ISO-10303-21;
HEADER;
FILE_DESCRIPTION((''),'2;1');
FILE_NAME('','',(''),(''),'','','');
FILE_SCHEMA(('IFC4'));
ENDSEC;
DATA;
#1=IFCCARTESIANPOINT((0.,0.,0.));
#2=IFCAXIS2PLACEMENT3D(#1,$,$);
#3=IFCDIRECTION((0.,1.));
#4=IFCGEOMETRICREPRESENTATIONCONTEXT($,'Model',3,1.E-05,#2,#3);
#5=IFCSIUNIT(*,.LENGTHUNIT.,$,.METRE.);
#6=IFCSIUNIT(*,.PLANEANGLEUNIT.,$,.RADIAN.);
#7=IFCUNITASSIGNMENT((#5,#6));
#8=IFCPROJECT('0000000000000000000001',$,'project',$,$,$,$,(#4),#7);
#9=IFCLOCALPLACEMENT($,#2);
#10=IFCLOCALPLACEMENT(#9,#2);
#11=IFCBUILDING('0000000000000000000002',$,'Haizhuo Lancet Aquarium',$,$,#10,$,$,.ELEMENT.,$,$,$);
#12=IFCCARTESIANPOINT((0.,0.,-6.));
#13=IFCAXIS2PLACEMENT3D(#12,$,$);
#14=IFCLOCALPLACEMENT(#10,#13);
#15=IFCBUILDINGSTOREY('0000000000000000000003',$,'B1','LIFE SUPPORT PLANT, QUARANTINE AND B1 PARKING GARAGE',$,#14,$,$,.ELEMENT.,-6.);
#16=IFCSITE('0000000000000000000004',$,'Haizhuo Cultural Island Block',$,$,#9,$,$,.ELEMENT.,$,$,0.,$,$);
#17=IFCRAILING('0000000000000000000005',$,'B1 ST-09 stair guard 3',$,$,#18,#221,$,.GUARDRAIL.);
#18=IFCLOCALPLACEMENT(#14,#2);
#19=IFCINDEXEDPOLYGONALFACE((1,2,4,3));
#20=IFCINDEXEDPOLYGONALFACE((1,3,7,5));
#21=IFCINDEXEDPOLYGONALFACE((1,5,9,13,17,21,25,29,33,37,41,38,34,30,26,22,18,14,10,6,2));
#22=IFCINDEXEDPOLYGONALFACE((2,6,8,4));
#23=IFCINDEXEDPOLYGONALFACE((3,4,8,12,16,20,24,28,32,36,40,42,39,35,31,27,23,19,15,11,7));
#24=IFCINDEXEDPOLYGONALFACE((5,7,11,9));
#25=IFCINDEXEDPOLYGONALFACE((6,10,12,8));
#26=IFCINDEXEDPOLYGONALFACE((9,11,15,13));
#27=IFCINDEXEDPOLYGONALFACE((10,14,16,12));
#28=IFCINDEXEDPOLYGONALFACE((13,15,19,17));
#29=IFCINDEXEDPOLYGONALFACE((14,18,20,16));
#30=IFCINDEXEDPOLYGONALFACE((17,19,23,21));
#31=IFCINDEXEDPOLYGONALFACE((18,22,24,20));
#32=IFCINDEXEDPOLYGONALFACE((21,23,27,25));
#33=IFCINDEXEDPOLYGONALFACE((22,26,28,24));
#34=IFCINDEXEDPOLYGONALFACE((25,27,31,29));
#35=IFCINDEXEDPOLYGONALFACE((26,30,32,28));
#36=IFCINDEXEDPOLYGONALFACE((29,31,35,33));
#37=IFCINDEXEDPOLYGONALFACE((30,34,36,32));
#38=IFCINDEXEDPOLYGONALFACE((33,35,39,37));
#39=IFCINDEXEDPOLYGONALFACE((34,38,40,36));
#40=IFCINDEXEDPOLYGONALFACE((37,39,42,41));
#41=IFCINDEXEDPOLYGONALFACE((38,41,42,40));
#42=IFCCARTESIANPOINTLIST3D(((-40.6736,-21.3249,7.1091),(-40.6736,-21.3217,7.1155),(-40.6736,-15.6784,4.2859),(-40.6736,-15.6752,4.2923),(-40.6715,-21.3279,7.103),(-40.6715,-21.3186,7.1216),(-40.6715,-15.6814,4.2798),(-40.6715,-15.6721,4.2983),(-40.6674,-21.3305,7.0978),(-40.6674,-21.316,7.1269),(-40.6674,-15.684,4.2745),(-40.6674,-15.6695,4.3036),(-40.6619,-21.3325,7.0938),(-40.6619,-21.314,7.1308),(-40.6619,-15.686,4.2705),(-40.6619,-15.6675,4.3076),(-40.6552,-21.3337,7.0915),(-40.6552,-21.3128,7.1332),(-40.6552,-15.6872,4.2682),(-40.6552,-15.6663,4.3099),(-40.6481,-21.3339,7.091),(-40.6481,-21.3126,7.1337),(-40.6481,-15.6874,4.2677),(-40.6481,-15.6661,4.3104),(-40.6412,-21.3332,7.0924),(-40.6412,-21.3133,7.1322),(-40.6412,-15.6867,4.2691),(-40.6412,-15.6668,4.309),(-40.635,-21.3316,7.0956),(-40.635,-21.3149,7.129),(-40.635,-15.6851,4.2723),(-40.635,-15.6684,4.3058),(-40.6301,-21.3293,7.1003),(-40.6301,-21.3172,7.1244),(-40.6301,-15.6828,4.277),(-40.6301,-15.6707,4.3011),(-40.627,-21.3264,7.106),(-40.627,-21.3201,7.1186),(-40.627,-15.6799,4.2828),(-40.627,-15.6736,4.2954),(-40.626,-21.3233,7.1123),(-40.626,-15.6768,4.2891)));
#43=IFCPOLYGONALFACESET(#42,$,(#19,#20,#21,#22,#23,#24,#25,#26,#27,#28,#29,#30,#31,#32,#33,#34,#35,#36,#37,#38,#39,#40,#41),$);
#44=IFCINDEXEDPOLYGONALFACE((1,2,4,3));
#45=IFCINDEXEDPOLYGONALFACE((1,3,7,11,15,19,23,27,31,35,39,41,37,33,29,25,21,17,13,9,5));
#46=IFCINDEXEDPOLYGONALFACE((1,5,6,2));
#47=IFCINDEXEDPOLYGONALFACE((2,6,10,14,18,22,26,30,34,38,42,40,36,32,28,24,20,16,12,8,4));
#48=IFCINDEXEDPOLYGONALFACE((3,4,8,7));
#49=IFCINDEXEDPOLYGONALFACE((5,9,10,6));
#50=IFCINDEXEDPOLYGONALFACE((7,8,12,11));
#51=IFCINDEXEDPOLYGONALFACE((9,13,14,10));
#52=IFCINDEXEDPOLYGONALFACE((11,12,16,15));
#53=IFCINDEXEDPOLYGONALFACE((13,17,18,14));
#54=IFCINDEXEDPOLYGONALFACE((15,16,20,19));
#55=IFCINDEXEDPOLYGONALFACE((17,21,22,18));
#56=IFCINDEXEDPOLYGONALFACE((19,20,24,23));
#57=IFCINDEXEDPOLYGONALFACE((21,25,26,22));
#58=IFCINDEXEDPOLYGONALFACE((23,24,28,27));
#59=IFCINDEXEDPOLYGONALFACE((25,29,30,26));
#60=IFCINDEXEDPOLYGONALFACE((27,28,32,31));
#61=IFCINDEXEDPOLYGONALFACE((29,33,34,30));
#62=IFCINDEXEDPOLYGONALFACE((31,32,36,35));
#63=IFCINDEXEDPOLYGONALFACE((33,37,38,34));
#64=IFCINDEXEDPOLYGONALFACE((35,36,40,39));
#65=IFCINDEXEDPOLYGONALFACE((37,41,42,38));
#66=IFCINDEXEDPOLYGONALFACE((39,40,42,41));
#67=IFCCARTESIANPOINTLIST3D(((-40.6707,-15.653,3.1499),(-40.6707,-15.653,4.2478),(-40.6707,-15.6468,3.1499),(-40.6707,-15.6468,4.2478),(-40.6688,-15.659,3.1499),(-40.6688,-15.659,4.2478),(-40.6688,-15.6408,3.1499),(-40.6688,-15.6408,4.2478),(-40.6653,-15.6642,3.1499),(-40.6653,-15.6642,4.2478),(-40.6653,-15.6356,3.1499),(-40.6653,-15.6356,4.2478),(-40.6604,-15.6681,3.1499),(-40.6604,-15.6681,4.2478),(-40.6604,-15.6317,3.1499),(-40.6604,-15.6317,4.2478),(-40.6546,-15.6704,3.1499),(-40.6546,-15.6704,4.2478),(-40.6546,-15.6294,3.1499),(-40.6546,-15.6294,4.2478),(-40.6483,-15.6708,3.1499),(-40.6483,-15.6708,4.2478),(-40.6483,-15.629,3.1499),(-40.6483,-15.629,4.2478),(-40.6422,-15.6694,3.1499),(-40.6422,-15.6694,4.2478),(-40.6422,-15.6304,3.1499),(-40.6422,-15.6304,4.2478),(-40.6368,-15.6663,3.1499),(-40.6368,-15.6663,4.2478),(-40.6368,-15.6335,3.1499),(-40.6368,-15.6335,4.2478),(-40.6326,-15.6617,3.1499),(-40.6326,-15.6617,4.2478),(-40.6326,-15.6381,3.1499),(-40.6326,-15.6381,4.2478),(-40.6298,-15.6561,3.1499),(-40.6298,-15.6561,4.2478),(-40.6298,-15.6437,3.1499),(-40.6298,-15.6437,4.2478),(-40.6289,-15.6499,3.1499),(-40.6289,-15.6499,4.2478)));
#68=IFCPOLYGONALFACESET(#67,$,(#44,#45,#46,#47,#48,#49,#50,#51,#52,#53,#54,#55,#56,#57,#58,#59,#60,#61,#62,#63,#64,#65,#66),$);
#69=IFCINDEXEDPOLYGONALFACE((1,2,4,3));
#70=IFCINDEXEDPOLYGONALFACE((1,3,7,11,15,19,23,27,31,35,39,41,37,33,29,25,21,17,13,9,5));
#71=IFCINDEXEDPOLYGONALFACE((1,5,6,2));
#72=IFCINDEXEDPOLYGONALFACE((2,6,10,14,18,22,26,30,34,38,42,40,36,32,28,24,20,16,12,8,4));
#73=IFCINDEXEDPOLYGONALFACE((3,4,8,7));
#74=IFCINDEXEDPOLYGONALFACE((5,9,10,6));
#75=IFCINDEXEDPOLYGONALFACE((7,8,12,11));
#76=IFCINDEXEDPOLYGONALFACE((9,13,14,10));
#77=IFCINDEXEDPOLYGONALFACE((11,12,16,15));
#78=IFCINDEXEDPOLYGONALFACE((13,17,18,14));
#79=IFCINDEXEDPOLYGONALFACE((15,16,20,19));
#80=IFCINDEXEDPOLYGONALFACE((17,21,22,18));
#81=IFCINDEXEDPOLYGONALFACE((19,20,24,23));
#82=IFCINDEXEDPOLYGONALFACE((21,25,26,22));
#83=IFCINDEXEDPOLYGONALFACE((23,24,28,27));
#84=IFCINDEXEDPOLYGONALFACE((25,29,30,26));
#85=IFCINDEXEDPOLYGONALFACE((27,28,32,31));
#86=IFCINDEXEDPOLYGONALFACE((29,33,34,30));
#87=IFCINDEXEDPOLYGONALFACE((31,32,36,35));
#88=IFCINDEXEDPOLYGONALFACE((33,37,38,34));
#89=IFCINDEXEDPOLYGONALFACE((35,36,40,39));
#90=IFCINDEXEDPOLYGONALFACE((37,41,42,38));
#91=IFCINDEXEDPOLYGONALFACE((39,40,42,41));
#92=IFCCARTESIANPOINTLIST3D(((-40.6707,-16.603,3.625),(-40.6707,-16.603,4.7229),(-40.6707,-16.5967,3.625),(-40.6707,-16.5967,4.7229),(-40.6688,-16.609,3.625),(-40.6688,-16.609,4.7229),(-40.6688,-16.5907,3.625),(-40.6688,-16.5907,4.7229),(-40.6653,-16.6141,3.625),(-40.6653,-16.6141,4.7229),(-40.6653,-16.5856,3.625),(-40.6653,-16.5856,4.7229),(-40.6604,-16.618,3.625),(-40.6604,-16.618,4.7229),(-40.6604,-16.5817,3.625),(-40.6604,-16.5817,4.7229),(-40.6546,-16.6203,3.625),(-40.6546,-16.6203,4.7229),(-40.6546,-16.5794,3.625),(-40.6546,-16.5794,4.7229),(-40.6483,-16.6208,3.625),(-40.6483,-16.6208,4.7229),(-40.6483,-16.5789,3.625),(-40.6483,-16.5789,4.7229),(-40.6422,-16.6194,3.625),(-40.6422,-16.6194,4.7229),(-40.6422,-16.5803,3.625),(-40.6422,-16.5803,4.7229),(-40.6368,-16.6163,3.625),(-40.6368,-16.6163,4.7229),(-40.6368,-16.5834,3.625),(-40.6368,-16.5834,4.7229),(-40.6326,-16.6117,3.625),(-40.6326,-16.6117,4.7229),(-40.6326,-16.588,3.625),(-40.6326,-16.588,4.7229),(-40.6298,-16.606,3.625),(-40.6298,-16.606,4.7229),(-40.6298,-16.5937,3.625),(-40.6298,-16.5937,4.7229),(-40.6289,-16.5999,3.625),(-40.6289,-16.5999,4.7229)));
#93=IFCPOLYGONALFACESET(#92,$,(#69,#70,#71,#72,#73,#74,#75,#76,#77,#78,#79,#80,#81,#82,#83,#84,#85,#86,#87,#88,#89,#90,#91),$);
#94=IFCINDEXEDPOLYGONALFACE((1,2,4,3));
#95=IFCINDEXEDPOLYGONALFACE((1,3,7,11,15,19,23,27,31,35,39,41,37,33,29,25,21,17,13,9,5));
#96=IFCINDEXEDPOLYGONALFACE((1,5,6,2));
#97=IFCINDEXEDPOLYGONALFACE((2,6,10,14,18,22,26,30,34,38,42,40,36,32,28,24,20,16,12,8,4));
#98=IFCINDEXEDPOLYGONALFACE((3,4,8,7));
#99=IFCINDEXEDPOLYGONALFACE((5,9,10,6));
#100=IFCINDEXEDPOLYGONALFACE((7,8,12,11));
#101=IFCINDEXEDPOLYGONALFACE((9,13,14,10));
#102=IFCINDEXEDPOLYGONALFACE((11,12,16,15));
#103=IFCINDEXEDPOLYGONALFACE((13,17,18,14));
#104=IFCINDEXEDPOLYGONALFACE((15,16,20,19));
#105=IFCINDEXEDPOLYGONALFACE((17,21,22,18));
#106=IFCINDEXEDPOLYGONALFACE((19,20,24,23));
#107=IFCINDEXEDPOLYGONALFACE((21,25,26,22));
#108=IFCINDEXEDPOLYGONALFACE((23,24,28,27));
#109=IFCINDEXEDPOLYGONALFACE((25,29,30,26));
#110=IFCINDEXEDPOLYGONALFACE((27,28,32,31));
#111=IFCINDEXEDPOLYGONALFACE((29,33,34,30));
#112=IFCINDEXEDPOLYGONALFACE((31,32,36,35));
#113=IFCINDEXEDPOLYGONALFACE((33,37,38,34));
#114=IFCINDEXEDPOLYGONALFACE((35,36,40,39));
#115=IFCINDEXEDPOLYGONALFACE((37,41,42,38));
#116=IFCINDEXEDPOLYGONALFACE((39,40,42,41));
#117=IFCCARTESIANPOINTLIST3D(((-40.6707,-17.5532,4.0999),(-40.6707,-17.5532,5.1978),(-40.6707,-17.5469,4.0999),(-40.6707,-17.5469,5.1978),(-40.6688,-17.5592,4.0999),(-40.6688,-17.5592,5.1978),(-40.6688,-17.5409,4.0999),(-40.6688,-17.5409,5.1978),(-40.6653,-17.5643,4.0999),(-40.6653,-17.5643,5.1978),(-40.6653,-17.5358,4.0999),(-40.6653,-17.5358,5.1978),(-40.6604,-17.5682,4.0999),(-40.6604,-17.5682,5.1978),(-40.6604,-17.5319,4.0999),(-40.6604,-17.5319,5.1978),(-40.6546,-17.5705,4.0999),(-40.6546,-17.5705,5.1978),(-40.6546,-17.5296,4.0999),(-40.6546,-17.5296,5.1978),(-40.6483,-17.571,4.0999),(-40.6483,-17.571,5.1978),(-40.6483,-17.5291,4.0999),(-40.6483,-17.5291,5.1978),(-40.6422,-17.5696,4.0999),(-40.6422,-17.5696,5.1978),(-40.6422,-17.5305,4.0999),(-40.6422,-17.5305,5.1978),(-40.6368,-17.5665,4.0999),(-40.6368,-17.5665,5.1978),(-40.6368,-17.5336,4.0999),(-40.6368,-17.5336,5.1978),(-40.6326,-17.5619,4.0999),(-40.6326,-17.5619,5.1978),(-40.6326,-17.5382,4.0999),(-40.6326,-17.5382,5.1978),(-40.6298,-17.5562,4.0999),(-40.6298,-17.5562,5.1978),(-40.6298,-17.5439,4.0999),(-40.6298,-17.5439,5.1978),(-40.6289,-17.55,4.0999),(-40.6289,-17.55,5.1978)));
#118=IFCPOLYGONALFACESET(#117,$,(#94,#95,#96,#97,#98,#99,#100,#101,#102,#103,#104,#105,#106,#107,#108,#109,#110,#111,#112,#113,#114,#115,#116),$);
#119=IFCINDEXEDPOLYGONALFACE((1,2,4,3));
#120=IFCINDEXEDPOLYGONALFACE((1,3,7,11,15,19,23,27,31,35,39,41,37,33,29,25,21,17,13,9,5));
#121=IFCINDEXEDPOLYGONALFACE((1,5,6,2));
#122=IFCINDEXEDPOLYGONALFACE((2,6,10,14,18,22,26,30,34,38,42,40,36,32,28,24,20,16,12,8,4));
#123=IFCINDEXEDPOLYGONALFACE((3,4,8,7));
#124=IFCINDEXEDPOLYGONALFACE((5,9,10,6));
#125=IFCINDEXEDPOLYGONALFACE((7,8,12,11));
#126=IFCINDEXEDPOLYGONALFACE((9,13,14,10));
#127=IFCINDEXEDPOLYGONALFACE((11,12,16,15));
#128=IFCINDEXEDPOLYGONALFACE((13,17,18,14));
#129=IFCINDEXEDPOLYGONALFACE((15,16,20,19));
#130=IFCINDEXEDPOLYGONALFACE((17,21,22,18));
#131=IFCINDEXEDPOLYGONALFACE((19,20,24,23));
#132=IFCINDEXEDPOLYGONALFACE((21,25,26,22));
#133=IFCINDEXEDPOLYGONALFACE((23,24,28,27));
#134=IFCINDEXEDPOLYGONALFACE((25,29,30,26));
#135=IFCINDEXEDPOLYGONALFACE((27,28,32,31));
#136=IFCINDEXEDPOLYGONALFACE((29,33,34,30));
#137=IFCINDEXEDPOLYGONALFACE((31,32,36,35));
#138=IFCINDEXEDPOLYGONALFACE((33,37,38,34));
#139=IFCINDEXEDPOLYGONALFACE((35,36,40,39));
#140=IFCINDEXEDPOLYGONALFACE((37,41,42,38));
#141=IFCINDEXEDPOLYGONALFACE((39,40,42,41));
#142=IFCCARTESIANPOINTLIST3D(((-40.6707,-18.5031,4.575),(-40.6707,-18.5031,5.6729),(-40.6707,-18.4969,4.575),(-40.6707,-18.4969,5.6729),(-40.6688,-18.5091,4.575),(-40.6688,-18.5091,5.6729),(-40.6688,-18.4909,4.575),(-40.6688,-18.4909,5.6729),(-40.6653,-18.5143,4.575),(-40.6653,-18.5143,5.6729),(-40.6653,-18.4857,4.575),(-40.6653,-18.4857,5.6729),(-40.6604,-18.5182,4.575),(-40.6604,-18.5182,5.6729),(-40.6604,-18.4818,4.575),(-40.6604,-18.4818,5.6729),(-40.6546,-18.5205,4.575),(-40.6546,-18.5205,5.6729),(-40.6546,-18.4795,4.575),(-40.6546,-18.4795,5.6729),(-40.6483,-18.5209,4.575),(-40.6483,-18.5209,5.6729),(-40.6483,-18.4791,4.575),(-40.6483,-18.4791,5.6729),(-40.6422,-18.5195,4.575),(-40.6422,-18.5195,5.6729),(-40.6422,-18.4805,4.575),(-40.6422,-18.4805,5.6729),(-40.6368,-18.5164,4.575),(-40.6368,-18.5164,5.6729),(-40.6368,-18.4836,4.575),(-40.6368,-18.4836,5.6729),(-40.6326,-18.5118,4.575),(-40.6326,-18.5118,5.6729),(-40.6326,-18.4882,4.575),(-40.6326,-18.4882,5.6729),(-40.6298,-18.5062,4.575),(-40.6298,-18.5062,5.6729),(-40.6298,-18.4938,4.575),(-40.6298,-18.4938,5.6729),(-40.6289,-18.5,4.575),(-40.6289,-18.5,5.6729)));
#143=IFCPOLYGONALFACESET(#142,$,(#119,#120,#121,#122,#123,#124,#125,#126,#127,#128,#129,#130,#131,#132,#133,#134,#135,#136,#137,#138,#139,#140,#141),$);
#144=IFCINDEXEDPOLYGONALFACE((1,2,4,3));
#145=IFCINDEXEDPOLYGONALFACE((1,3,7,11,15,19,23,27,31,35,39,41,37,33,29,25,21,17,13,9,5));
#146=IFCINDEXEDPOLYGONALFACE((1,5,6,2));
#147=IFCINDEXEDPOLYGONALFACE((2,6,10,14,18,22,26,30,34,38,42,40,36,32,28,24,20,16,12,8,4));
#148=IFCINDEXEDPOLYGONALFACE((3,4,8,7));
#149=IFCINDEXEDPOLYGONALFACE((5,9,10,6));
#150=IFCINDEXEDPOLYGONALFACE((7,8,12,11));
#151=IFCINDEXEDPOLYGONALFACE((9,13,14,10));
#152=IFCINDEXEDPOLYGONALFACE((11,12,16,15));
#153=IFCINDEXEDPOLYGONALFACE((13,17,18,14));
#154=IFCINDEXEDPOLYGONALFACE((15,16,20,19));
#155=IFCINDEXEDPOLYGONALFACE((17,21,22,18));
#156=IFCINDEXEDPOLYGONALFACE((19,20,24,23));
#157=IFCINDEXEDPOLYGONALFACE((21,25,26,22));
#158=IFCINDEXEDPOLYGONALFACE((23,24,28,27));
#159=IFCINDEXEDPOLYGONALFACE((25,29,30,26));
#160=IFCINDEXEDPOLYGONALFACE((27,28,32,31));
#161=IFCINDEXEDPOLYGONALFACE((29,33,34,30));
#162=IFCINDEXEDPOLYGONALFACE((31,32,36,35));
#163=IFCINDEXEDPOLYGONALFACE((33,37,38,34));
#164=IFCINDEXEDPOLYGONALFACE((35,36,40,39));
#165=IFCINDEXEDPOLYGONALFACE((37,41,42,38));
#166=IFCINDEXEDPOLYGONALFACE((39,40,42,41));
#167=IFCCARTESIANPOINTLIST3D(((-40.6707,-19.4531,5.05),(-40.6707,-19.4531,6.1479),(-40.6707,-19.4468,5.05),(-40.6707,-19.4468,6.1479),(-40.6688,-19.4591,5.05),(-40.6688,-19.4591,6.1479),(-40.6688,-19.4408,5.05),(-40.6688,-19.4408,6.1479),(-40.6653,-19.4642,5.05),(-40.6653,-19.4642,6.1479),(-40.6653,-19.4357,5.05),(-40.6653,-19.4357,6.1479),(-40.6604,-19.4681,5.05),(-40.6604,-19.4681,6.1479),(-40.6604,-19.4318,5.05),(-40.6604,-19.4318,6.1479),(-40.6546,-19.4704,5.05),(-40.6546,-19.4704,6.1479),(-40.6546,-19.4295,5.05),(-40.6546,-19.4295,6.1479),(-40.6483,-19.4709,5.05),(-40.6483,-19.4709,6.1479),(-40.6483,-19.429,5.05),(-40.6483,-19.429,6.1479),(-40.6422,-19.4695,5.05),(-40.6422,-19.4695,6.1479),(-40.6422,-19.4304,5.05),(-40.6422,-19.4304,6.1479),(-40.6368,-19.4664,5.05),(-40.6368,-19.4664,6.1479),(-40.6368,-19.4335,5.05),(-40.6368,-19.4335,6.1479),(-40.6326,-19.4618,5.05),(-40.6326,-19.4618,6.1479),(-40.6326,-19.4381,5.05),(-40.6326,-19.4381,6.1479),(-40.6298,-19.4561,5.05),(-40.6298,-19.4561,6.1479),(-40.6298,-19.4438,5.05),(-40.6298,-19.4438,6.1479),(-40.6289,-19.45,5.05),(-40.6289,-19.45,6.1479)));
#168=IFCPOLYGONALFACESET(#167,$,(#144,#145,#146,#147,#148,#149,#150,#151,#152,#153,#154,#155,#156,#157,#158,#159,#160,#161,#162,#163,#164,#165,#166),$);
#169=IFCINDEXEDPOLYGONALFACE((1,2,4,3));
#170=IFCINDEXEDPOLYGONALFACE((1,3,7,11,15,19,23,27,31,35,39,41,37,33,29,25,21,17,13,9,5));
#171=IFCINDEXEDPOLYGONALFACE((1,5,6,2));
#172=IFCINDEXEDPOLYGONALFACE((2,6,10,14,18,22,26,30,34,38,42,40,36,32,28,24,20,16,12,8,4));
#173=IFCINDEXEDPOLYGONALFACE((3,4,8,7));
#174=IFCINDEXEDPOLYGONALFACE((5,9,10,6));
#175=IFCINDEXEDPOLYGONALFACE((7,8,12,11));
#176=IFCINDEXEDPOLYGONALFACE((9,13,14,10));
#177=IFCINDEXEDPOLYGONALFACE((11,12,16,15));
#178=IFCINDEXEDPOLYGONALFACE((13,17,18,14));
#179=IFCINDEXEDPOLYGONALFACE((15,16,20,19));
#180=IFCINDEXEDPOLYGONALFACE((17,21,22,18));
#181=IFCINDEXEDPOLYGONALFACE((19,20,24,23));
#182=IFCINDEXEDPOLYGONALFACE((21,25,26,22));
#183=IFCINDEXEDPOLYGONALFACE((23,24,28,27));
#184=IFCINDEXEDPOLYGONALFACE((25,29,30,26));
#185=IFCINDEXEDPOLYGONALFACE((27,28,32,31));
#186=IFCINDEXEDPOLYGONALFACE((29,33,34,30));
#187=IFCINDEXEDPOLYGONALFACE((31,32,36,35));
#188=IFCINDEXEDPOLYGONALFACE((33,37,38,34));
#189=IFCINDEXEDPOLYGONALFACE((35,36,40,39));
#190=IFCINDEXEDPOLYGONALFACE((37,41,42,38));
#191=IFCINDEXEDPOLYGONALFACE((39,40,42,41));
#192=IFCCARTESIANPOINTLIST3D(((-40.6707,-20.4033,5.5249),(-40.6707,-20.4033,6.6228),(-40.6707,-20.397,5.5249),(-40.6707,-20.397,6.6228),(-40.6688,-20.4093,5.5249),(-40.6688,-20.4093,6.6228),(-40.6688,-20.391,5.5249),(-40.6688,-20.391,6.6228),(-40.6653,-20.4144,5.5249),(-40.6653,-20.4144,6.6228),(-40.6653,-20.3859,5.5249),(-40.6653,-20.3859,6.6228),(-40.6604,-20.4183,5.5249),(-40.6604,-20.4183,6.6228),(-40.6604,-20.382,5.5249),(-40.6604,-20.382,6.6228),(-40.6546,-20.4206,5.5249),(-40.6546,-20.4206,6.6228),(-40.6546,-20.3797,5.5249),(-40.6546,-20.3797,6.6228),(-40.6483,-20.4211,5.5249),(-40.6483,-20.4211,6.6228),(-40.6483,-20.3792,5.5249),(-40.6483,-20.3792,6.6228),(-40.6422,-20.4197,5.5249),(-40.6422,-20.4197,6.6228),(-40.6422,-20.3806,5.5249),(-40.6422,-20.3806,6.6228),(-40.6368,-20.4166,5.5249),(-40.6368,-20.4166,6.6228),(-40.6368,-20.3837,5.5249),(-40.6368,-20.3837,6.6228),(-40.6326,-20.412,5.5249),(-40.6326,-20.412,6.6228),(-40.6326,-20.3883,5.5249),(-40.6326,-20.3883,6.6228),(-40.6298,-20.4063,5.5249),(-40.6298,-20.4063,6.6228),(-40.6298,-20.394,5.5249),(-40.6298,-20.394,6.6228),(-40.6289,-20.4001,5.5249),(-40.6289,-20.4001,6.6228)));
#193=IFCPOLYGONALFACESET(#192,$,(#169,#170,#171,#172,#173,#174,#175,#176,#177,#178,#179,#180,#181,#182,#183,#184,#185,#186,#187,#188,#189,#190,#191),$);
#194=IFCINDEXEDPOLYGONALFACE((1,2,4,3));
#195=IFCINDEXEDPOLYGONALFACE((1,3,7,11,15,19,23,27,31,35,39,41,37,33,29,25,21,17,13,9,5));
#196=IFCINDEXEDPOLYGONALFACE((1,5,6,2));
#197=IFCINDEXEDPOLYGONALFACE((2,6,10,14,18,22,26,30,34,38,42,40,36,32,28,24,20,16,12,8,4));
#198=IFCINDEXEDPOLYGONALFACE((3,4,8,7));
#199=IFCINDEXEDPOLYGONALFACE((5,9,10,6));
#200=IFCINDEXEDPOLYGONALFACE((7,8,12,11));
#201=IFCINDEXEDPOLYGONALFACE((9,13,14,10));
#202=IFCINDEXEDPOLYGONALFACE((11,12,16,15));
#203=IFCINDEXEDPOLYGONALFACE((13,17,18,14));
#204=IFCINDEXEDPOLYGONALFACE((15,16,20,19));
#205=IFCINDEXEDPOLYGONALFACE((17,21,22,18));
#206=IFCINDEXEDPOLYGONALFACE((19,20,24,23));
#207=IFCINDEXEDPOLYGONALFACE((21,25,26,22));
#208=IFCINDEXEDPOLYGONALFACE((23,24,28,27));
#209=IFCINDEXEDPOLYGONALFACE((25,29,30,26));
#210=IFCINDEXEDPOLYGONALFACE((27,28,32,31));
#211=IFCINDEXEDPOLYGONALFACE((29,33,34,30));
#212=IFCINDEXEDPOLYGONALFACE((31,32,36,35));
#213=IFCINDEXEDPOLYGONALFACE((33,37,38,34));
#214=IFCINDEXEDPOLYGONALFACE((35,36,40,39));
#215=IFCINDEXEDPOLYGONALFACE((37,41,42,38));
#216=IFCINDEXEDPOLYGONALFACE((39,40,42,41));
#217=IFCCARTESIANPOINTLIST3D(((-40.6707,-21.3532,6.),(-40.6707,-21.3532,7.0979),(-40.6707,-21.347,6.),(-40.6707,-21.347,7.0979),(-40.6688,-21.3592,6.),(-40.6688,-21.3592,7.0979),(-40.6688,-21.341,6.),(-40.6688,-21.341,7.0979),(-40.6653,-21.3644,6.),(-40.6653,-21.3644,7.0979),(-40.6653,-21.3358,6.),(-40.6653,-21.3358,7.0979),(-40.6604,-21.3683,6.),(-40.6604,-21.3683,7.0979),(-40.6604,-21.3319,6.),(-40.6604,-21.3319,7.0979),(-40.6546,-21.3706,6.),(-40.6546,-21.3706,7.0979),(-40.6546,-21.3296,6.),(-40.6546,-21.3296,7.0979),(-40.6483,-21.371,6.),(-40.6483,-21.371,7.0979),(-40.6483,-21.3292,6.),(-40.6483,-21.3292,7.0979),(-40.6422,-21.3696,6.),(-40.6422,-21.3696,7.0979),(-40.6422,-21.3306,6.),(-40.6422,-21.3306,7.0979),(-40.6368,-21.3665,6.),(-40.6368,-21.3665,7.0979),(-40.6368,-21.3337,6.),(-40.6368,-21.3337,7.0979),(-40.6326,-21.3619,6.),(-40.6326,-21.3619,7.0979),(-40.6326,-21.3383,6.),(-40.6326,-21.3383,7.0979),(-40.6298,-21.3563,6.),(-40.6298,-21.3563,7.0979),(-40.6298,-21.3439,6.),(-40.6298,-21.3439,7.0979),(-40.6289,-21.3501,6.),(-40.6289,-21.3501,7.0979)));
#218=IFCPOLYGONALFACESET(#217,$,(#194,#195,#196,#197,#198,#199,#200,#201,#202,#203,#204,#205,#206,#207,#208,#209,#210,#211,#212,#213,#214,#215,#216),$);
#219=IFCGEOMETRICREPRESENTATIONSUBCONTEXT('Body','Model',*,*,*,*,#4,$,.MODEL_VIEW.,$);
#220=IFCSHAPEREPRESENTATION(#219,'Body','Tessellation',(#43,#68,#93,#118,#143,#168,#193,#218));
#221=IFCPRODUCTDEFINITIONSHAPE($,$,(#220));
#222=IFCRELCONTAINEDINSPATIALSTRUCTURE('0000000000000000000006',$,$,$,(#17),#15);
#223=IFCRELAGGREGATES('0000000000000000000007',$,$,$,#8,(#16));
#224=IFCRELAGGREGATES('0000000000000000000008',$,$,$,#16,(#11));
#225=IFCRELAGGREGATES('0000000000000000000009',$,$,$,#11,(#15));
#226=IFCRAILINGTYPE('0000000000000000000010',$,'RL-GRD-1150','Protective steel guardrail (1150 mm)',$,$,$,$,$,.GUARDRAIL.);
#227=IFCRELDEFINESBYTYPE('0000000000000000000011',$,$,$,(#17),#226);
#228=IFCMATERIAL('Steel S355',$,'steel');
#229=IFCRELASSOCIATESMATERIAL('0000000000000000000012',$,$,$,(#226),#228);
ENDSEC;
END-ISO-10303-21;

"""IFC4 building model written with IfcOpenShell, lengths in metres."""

from ifc_helpers import new_model, si_unit, direction, frame, origin, origin_2d, place, context, subcontext, project, spatial, circle, extrude, material, type_object, element, save


model = new_model("IFC4")

# Units and contexts
model_context = context("Model", 3, precision=1e-05, world=origin(), true_north=direction((0.0, 1.0)))
body_context = subcontext(model_context, "Body", "Model", "MODEL_VIEW")
ifc_project = project(units=[si_unit("LENGTHUNIT", "METRE"), si_unit("PLANEANGLEUNIT", "RADIAN")], contexts=[model_context])

# Site, building, storey
site_placement = place(None, origin())
site = spatial("IfcSite", under=ifc_project, at=site_placement, Name="Haizhuo Cultural Island Block", CompositionType="ELEMENT", RefElevation=0.0)
building_placement = place(site_placement, origin())
building = spatial("IfcBuilding", under=site, at=building_placement, Name="Haizhuo Lancet Aquarium", CompositionType="ELEMENT")
storey_placement = place(building_placement, frame((0.0, 0.0, -6.0)))
storey = spatial("IfcBuildingStorey", under=building, at=storey_placement, Name="B1", Description="LIFE SUPPORT PLANT, QUARANTINE AND B1 PARKING GARAGE", CompositionType="ELEMENT", Elevation=-6.0)

# Shared definitions
ifc_material_1 = material(Name="Steel S355", Category="steel")

# Railing
railing_type_1 = type_object("IfcRailingType", Name="RL-GRD-1150", Description="Protective steel guardrail (1150 mm)", PredefinedType="GUARDRAIL", material=ifc_material_1)
railing_1_placement = place(storey_placement, frame((-40.6499, -15.6499, 3.1499)))
element("IfcRailing", 1, at=railing_1_placement, inside=storey, type_object=railing_type_1, Name="B1 ST-09 stair guard 3", PredefinedType="GUARDRAIL", context=body_context, shape_type="SweptSolid", body=[
    extrude(circle(Radius=0.0239, at=origin_2d()), frame((0.0, -0.0269, 1.1392), z_axis=(0.0, -0.894427, 0.447214), x_axis=(1.0, 0.0, 0.0)), (0.0, 0.0, 1.0), 6.313),
    extrude(circle(Radius=0.021, at=origin_2d()), origin(), (0.0, 0.0, 1.0), 1.0979),
    extrude(circle(Radius=0.021, at=origin_2d()), frame((0.0, -0.95, 0.4751)), (0.0, 0.0, 1.0), 1.0979),
    extrude(circle(Radius=0.021, at=origin_2d()), frame((0.0, -1.9001, 0.95)), (0.0, 0.0, 1.0), 1.0979),
    extrude(circle(Radius=0.021, at=origin_2d()), frame((0.0, -2.8501, 1.425)), (0.0, 0.0, 1.0), 1.0979),
    extrude(circle(Radius=0.021, at=origin_2d()), frame((0.0, -3.8, 1.9001)), (0.0, 0.0, 1.0), 1.0979),
    extrude(circle(Radius=0.021, at=origin_2d()), frame((0.0, -4.7502, 2.375)), (0.0, 0.0, 1.0), 1.0979),
    extrude(circle(Radius=0.021, at=origin_2d()), frame((0.0, -5.7002, 2.8501)), (0.0, 0.0, 1.0), 1.0979),
])

save(model, "model.ifc")
